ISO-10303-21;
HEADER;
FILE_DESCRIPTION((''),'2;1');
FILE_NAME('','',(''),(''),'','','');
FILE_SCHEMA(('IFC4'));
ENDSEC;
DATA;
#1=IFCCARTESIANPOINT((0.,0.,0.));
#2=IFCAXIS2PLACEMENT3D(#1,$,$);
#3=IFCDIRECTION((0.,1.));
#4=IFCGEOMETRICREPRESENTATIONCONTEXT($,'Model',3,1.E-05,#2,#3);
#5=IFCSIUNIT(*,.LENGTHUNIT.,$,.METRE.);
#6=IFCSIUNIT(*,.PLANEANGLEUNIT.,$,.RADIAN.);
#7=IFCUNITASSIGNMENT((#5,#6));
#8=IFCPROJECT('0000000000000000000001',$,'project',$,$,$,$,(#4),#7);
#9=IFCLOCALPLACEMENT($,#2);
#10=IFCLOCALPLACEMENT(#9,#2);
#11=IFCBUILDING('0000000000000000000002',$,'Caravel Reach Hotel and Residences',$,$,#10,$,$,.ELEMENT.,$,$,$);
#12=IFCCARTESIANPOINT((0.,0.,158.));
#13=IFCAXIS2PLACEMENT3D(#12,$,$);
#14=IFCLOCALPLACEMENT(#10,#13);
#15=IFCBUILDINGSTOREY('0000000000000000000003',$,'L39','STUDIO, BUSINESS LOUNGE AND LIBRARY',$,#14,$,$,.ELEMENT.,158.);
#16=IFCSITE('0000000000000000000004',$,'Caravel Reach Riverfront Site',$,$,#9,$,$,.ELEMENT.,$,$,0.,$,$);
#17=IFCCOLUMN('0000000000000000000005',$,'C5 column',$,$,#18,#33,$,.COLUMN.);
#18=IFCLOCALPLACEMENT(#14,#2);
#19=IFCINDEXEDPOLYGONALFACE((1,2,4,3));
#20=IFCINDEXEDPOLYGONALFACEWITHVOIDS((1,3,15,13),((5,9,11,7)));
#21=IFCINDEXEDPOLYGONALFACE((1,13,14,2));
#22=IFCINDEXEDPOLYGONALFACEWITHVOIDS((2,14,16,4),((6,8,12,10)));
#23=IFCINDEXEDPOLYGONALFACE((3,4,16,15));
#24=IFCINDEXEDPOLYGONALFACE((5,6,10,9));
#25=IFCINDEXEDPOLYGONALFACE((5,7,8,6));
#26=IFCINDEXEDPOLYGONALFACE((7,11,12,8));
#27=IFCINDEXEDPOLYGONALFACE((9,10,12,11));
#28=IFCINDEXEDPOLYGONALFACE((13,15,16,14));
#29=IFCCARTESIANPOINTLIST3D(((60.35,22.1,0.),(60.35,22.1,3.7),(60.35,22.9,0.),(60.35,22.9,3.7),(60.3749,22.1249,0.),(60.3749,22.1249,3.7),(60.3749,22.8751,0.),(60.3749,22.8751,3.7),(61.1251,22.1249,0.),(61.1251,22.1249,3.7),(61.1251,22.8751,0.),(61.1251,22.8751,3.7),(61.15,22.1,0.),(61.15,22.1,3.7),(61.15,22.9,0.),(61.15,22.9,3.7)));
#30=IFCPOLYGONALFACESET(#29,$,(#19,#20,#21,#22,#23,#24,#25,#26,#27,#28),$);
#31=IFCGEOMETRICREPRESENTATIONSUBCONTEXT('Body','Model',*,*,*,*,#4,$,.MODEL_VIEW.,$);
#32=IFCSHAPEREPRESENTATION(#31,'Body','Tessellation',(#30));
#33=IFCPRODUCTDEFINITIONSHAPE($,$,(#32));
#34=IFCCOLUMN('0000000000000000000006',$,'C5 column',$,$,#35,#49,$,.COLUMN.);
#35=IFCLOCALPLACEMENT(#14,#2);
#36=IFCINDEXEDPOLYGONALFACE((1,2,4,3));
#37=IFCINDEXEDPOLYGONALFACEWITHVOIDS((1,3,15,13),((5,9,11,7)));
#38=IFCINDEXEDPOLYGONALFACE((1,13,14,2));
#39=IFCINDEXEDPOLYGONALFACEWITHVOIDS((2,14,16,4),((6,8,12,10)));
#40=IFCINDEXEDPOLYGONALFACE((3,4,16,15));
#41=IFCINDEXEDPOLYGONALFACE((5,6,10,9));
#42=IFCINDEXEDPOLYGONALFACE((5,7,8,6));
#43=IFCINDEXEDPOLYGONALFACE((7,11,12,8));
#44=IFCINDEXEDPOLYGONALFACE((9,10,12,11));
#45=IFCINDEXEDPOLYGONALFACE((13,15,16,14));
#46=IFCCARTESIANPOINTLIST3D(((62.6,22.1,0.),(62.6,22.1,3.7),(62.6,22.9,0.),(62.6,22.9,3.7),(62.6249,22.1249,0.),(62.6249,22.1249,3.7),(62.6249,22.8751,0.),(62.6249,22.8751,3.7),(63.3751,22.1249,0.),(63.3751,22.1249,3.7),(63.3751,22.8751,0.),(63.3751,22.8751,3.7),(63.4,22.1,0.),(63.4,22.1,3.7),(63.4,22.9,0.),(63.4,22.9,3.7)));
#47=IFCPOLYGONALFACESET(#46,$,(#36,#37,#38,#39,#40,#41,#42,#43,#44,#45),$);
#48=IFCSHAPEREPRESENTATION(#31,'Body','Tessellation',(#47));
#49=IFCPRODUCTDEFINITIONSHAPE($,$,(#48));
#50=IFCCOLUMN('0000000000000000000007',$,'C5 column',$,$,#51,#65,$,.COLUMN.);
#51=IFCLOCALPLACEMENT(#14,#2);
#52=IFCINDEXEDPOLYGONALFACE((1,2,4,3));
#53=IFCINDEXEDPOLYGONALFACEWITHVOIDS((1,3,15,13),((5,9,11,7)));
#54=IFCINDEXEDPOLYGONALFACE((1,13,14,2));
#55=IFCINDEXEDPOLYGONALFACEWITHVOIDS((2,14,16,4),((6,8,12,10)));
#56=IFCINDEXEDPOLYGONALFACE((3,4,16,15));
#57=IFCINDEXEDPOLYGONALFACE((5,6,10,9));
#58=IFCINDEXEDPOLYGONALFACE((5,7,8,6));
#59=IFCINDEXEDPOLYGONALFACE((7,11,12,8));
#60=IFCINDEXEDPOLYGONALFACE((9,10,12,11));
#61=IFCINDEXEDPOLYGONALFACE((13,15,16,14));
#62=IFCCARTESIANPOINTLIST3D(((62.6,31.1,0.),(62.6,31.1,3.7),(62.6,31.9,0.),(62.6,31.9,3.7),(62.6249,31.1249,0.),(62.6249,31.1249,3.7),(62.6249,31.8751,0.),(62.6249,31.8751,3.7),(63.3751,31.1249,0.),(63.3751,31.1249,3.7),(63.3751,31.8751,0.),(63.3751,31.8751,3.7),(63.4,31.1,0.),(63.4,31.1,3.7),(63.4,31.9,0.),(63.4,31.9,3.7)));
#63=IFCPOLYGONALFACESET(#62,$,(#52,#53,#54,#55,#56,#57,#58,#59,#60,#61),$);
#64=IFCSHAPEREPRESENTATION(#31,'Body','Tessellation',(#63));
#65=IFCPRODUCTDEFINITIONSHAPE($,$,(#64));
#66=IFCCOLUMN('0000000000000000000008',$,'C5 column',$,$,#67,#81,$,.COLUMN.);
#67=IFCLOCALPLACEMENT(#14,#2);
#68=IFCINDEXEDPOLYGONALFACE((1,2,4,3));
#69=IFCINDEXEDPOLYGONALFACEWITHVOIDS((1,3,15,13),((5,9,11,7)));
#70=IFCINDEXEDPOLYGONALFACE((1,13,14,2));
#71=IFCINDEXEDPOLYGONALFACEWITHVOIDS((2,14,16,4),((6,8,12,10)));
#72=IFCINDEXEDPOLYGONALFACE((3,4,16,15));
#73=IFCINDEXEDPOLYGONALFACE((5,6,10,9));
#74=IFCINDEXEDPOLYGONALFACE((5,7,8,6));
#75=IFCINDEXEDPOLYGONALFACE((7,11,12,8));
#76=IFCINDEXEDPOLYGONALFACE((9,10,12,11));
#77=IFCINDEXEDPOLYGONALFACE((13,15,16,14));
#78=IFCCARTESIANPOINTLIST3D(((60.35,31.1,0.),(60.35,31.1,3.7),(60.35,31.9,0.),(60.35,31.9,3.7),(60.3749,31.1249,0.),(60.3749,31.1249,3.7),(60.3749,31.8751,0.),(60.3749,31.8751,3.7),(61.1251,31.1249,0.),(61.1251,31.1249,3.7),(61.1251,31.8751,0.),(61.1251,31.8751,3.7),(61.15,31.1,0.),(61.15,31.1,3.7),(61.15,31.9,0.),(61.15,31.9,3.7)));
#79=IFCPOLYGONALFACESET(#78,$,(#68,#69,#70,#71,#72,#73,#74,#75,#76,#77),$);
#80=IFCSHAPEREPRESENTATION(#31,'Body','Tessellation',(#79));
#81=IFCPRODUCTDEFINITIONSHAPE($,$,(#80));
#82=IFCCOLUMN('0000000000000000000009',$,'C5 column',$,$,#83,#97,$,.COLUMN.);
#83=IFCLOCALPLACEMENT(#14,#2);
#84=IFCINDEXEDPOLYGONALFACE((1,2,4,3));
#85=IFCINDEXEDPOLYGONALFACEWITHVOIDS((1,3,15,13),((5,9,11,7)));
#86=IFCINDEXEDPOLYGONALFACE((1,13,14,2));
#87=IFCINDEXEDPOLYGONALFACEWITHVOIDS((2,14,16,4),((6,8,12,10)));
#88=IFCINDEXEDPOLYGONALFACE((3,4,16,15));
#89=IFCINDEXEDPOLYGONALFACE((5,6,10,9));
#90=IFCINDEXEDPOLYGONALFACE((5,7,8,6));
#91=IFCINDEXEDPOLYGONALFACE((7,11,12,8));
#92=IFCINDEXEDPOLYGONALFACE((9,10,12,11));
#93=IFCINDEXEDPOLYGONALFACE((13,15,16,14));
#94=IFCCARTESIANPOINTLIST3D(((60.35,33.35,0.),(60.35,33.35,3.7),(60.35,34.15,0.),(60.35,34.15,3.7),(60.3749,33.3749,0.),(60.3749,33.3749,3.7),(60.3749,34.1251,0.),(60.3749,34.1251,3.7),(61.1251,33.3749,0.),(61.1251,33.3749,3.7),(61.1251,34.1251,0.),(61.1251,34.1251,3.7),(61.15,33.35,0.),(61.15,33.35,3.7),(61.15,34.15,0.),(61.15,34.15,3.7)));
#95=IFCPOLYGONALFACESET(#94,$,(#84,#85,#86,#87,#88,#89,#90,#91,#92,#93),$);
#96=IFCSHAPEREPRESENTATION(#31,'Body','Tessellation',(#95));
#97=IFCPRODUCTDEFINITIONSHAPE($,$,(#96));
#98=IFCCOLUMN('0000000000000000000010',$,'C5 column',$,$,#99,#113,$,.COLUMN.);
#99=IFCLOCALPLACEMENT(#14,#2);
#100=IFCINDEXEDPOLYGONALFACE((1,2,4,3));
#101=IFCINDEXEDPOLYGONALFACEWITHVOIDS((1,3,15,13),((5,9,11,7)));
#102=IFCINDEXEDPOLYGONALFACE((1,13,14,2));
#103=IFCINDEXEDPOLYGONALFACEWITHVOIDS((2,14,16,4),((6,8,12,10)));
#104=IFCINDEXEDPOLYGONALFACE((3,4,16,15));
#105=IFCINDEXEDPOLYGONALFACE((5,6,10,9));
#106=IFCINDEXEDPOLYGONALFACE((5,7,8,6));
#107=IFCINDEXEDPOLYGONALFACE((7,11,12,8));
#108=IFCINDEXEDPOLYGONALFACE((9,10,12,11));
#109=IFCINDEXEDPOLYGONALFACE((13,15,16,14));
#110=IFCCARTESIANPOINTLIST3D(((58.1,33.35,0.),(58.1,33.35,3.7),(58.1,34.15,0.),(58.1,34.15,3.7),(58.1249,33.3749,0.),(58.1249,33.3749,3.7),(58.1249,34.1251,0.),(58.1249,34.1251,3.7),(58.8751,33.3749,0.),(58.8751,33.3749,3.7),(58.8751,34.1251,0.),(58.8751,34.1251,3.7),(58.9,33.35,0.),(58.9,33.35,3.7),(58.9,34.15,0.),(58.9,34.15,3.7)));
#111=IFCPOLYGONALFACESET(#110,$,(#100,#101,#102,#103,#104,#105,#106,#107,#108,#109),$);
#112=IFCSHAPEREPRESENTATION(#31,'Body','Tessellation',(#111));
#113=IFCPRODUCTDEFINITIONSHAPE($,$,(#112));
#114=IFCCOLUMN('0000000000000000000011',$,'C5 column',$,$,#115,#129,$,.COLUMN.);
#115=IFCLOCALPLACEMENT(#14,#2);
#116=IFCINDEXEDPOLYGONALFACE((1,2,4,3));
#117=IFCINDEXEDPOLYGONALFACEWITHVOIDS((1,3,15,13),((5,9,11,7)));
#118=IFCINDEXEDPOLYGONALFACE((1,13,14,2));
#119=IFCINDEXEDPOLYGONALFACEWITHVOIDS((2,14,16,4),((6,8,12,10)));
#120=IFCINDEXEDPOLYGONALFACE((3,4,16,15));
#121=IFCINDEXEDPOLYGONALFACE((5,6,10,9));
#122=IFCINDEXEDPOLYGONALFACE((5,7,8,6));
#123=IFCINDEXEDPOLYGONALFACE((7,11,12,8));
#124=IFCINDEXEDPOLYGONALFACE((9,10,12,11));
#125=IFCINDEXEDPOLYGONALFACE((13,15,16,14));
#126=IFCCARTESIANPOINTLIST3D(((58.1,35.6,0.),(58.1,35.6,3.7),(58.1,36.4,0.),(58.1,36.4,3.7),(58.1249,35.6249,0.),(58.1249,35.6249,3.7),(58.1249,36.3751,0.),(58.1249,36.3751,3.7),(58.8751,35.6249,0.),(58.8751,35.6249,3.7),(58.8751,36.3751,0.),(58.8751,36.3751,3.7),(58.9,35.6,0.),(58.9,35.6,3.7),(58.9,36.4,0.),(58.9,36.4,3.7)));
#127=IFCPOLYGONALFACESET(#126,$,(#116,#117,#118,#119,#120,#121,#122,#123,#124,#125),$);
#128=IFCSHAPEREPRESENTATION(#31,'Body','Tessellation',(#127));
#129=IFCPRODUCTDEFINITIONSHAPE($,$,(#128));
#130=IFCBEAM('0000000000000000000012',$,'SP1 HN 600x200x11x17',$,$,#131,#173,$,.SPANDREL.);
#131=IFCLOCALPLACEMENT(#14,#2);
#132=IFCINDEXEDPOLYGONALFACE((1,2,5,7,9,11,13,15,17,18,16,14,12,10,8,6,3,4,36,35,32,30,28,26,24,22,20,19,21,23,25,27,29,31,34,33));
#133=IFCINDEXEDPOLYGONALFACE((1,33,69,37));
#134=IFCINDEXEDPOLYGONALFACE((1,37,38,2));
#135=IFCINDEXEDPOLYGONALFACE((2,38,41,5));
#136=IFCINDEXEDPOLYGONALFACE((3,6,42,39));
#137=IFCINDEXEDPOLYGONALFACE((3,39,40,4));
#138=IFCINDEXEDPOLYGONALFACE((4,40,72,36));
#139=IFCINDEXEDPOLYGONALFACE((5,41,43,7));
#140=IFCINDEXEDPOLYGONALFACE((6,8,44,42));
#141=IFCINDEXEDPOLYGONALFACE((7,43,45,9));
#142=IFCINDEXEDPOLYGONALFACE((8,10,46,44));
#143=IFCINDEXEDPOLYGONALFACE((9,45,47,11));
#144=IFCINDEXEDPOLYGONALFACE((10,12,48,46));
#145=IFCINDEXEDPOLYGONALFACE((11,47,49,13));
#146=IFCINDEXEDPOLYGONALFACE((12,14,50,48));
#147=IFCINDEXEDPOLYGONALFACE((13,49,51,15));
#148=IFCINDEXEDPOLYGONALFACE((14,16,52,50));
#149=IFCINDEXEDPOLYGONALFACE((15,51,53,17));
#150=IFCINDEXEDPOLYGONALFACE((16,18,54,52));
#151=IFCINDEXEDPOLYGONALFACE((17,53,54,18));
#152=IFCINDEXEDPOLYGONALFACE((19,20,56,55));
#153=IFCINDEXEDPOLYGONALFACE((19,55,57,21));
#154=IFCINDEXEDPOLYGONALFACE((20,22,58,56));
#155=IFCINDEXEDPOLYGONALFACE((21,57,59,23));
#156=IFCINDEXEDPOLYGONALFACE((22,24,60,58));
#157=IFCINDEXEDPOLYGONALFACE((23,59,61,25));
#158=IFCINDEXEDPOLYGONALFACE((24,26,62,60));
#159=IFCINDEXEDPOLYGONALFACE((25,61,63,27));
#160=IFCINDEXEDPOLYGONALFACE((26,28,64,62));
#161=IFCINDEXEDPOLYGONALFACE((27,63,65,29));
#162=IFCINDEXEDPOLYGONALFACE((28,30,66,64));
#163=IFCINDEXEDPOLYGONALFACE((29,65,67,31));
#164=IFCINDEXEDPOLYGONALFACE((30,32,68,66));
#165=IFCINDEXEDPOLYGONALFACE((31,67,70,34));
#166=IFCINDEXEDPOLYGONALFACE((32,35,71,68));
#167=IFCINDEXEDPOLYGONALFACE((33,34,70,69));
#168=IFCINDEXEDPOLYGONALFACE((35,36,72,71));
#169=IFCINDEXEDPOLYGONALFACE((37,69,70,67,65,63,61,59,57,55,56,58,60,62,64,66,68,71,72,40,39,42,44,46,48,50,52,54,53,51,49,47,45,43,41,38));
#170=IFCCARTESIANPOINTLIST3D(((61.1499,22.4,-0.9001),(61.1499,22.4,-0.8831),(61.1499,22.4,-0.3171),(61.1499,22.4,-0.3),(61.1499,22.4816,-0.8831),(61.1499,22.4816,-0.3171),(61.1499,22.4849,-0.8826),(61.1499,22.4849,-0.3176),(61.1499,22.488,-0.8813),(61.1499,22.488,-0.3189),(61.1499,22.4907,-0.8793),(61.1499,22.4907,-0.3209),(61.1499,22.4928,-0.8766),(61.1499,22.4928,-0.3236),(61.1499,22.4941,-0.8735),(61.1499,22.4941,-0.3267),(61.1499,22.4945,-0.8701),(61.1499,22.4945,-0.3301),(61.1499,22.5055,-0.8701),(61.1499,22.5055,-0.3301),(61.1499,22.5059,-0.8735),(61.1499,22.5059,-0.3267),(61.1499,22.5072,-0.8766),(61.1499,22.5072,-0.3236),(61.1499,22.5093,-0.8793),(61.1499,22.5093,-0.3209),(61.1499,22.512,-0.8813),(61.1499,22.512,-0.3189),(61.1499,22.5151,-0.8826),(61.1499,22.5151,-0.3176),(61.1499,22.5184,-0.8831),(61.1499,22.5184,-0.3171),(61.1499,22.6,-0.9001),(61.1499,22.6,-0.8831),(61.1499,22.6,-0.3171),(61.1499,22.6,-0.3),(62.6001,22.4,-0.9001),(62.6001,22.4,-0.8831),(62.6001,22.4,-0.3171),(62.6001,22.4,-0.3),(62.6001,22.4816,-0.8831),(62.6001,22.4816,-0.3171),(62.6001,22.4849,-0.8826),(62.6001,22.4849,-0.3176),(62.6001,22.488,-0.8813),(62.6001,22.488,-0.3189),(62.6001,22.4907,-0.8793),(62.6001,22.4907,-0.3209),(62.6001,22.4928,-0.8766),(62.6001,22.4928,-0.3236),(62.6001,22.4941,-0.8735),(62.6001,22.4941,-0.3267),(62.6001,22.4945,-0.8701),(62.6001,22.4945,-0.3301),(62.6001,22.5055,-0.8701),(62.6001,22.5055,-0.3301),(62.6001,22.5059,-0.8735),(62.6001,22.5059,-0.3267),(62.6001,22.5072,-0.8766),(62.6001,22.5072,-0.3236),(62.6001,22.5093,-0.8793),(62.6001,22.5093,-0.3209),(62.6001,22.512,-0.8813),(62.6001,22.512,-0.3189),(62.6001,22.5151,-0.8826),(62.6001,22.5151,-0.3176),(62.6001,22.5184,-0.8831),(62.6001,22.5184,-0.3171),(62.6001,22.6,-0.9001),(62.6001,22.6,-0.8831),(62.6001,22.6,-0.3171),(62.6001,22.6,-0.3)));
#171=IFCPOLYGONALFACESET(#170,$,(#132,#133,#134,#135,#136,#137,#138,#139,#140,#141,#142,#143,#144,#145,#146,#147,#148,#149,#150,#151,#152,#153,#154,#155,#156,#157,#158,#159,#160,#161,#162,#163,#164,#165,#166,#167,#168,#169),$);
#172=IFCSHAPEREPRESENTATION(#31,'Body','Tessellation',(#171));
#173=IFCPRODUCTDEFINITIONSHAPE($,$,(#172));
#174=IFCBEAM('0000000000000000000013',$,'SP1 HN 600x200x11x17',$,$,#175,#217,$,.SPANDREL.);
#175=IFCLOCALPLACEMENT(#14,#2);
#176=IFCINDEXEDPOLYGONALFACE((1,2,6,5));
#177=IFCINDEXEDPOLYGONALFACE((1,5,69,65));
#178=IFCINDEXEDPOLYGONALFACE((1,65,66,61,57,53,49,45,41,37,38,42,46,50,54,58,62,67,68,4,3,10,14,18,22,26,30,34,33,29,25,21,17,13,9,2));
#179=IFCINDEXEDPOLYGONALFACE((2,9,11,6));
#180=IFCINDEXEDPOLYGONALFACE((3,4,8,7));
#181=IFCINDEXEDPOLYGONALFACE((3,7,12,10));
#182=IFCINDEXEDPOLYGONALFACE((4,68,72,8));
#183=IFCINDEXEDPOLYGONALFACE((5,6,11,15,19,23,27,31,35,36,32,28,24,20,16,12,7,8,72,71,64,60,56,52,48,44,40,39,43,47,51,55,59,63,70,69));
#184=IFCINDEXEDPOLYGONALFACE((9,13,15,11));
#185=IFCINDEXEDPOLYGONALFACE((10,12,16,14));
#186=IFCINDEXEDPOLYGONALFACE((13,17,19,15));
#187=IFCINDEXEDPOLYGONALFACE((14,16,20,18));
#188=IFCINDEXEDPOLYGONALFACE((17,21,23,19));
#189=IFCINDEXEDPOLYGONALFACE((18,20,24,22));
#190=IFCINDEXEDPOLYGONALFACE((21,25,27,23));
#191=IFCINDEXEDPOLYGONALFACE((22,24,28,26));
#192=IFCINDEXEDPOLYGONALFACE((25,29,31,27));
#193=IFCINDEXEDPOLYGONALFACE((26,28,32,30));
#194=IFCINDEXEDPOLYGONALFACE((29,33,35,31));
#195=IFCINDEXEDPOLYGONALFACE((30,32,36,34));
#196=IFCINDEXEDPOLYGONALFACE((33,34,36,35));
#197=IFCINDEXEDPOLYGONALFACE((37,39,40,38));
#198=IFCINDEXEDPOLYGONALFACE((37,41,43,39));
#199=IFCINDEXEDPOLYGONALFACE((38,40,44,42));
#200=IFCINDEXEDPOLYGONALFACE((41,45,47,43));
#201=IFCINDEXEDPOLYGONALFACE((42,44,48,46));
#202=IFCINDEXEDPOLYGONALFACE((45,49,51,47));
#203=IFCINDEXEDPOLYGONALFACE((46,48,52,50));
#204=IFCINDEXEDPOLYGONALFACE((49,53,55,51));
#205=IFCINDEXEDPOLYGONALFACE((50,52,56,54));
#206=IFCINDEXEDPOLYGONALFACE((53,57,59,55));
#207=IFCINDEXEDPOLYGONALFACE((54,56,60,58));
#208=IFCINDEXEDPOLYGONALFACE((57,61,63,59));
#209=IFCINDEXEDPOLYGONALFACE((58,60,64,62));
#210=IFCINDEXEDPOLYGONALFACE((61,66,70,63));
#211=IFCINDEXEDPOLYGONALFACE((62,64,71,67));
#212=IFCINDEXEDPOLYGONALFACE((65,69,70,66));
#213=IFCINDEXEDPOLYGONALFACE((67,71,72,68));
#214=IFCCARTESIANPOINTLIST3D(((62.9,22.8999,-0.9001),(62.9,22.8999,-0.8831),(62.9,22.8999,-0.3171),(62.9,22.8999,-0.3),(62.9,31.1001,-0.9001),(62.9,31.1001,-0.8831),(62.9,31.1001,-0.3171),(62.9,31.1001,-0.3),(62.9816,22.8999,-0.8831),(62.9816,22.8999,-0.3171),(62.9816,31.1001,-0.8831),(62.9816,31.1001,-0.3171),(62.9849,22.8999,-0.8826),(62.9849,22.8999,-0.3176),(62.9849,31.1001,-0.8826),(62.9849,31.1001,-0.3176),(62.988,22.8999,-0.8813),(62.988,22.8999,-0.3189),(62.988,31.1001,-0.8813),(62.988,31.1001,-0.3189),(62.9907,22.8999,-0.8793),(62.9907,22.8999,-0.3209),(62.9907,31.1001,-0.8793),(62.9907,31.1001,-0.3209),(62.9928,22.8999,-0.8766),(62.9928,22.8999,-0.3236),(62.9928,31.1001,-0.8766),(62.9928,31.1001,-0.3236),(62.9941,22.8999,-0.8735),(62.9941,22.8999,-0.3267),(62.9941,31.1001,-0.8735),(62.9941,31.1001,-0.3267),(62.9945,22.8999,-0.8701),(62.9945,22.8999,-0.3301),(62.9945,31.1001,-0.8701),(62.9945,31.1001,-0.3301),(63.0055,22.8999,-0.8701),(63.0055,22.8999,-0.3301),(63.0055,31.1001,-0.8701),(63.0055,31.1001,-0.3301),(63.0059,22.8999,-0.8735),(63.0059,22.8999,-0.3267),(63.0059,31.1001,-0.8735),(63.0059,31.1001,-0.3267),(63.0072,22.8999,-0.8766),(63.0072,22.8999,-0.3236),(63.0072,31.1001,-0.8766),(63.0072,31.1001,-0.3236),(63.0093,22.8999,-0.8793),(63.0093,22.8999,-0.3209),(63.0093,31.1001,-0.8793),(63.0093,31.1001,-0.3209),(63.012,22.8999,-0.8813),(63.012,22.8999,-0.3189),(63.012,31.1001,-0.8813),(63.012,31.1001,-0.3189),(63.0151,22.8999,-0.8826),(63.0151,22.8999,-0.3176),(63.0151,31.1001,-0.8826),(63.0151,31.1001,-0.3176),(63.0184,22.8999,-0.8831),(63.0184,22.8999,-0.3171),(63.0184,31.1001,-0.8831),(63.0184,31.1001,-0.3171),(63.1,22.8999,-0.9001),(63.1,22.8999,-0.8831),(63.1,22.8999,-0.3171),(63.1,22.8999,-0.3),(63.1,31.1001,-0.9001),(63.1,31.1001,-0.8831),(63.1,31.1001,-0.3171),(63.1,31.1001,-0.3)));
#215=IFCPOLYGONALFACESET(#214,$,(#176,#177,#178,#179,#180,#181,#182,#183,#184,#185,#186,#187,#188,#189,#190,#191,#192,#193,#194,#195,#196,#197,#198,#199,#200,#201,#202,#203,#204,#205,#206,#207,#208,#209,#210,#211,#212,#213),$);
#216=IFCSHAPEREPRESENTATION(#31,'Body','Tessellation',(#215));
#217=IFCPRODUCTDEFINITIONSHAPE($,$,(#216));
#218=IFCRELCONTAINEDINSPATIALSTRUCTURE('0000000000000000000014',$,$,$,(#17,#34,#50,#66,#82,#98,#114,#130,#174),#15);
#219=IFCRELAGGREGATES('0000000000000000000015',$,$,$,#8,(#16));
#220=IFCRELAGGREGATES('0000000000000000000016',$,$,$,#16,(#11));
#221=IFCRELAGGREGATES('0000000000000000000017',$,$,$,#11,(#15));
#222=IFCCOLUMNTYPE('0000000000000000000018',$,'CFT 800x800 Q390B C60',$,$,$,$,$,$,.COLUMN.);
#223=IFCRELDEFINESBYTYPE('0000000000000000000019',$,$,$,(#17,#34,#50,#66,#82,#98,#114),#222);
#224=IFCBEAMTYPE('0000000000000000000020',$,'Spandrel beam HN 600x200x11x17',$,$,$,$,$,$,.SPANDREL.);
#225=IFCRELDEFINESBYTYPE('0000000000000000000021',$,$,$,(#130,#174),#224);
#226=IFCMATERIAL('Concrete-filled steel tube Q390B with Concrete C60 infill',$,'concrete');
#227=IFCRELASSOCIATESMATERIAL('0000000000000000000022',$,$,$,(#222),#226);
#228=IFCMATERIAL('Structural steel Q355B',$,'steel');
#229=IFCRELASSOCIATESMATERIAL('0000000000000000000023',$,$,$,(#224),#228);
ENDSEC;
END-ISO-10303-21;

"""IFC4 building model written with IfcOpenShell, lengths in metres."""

from ifc_helpers import new_model, si_unit, direction, frame, origin, origin_2d, place, context, subcontext, project, spatial, hollow_rectangle, i_section, extrude, material, material_profile, profile_set, type_object, element, save


model = new_model("IFC4")

# Units and contexts
model_context = context("Model", 3, precision=1e-05, world=origin(), true_north=direction((0.0, 1.0)))
body_context = subcontext(model_context, "Body", "Model", "MODEL_VIEW")
ifc_project = project(units=[si_unit("LENGTHUNIT", "METRE"), si_unit("PLANEANGLEUNIT", "RADIAN")], contexts=[model_context])

# Site, building, storey
site_placement = place(None, origin())
site = spatial("IfcSite", under=ifc_project, at=site_placement, Name="Caravel Reach Riverfront Site", CompositionType="ELEMENT", RefElevation=0.0)
building_placement = place(site_placement, origin())
building = spatial("IfcBuilding", under=site, at=building_placement, Name="Caravel Reach Hotel and Residences", CompositionType="ELEMENT")
storey_placement = place(building_placement, frame((0.0, 0.0, 158.0)))
storey = spatial("IfcBuildingStorey", under=building, at=storey_placement, Name="L39", Description="STUDIO, BUSINESS LOUNGE AND LIBRARY", CompositionType="ELEMENT", Elevation=158.0)

# Columns
ifc_material_1 = material(Name="Concrete-filled steel tube Q390B with Concrete C60 infill", Category="concrete")
ifc_material_profile_1 = material_profile(ifc_material_1, hollow_rectangle(XDim=0.8, YDim=0.8, WallThickness=0.0249, at=origin_2d()), Name="RHS 800x800x25")
ifc_profile_set_1 = profile_set([ifc_material_profile_1], Name="Concrete-filled steel tube Q390B with Concrete C60 infill")
column_type = type_object("IfcColumnType", Name="CFT 800x800 Q390B C60", PredefinedType="COLUMN", material=ifc_profile_set_1)
for number, where, z_axis, x_axis, name in (
    (1, (60.75, 22.5, 0.0), (0.0, 0.0, 1.0), (1.0, 0.0, 0.0), "C5 column"),
    (2, (63.0, 22.5, 0.0), (0.0, 0.0, 1.0), (1.0, 0.0, 0.0), "C5 column"),
    (3, (63.0, 31.5, 0.0), (0.0, 0.0, 1.0), (1.0, 0.0, 0.0), "C5 column"),
    (4, (60.75, 31.5, 0.0), (0.0, 0.0, 1.0), (1.0, 0.0, 0.0), "C5 column"),
    (5, (60.75, 33.75, 0.0), (0.0, 0.0, 1.0), (1.0, 0.0, 0.0), "C5 column"),
    (6, (58.5, 33.75, 0.0), (0.0, 0.0, 1.0), (1.0, 0.0, 0.0), "C5 column"),
    (7, (58.5, 36.0, 0.0), (0.0, 0.0, 1.0), (1.0, 0.0, 0.0), "C5 column"),
):
    element("IfcColumn", number, at=place(storey_placement, frame(where, z_axis=z_axis, x_axis=x_axis)), inside=storey, type_object=column_type, Name=name, PredefinedType="COLUMN", context=body_context, shape_type="SweptSolid", body=[
        extrude(hollow_rectangle(XDim=0.8, YDim=0.8, WallThickness=0.0249, at=origin_2d()), origin(), (0.0, 0.0, 1.0), 3.7),
    ])

# Beams
ifc_material_2 = material(Name="Structural steel Q355B", Category="steel")
ifc_material_profile_2 = material_profile(ifc_material_2, i_section(OverallWidth=0.2, OverallDepth=0.6001, WebThickness=0.011, FlangeThickness=0.0171, FilletRadius=0.0129, at=origin_2d()), Name="HN 600x200x11x17")
ifc_profile_set_2 = profile_set([ifc_material_profile_2], Name="Structural steel Q355B")
beam_type = type_object("IfcBeamType", Name="Spandrel beam HN 600x200x11x17", PredefinedType="SPANDREL", material=ifc_profile_set_2)
beam_1_placement = place(storey_placement, frame((61.1499, 22.5, -0.6001), z_axis=(1.0, 0.0, 0.0), x_axis=(0.0, 1.0, 0.0)))
element("IfcBeam", 8, at=beam_1_placement, inside=storey, type_object=beam_type, Name="SP1 HN 600x200x11x17", PredefinedType="SPANDREL", context=body_context, shape_type="SweptSolid", body=[
    extrude(i_section(OverallWidth=0.2, OverallDepth=0.6001, WebThickness=0.011, FlangeThickness=0.0171, FilletRadius=0.0129, at=origin_2d()), origin(), (0.0, 0.0, 1.0), 1.4502),
])
beam_2_placement = place(storey_placement, frame((63.0, 22.8999, -0.6001), z_axis=(0.0, 1.0, 0.0), x_axis=(-1.0, 0.0, 0.0)))
element("IfcBeam", 9, at=beam_2_placement, inside=storey, type_object=beam_type, Name="SP1 HN 600x200x11x17", PredefinedType="SPANDREL", context=body_context, shape_type="SweptSolid", body=[
    extrude(i_section(OverallWidth=0.2, OverallDepth=0.6001, WebThickness=0.011, FlangeThickness=0.0171, FilletRadius=0.0129, at=origin_2d()), origin(), (0.0, 0.0, 1.0), 8.2002),
])

save(model, "model.ifc")
